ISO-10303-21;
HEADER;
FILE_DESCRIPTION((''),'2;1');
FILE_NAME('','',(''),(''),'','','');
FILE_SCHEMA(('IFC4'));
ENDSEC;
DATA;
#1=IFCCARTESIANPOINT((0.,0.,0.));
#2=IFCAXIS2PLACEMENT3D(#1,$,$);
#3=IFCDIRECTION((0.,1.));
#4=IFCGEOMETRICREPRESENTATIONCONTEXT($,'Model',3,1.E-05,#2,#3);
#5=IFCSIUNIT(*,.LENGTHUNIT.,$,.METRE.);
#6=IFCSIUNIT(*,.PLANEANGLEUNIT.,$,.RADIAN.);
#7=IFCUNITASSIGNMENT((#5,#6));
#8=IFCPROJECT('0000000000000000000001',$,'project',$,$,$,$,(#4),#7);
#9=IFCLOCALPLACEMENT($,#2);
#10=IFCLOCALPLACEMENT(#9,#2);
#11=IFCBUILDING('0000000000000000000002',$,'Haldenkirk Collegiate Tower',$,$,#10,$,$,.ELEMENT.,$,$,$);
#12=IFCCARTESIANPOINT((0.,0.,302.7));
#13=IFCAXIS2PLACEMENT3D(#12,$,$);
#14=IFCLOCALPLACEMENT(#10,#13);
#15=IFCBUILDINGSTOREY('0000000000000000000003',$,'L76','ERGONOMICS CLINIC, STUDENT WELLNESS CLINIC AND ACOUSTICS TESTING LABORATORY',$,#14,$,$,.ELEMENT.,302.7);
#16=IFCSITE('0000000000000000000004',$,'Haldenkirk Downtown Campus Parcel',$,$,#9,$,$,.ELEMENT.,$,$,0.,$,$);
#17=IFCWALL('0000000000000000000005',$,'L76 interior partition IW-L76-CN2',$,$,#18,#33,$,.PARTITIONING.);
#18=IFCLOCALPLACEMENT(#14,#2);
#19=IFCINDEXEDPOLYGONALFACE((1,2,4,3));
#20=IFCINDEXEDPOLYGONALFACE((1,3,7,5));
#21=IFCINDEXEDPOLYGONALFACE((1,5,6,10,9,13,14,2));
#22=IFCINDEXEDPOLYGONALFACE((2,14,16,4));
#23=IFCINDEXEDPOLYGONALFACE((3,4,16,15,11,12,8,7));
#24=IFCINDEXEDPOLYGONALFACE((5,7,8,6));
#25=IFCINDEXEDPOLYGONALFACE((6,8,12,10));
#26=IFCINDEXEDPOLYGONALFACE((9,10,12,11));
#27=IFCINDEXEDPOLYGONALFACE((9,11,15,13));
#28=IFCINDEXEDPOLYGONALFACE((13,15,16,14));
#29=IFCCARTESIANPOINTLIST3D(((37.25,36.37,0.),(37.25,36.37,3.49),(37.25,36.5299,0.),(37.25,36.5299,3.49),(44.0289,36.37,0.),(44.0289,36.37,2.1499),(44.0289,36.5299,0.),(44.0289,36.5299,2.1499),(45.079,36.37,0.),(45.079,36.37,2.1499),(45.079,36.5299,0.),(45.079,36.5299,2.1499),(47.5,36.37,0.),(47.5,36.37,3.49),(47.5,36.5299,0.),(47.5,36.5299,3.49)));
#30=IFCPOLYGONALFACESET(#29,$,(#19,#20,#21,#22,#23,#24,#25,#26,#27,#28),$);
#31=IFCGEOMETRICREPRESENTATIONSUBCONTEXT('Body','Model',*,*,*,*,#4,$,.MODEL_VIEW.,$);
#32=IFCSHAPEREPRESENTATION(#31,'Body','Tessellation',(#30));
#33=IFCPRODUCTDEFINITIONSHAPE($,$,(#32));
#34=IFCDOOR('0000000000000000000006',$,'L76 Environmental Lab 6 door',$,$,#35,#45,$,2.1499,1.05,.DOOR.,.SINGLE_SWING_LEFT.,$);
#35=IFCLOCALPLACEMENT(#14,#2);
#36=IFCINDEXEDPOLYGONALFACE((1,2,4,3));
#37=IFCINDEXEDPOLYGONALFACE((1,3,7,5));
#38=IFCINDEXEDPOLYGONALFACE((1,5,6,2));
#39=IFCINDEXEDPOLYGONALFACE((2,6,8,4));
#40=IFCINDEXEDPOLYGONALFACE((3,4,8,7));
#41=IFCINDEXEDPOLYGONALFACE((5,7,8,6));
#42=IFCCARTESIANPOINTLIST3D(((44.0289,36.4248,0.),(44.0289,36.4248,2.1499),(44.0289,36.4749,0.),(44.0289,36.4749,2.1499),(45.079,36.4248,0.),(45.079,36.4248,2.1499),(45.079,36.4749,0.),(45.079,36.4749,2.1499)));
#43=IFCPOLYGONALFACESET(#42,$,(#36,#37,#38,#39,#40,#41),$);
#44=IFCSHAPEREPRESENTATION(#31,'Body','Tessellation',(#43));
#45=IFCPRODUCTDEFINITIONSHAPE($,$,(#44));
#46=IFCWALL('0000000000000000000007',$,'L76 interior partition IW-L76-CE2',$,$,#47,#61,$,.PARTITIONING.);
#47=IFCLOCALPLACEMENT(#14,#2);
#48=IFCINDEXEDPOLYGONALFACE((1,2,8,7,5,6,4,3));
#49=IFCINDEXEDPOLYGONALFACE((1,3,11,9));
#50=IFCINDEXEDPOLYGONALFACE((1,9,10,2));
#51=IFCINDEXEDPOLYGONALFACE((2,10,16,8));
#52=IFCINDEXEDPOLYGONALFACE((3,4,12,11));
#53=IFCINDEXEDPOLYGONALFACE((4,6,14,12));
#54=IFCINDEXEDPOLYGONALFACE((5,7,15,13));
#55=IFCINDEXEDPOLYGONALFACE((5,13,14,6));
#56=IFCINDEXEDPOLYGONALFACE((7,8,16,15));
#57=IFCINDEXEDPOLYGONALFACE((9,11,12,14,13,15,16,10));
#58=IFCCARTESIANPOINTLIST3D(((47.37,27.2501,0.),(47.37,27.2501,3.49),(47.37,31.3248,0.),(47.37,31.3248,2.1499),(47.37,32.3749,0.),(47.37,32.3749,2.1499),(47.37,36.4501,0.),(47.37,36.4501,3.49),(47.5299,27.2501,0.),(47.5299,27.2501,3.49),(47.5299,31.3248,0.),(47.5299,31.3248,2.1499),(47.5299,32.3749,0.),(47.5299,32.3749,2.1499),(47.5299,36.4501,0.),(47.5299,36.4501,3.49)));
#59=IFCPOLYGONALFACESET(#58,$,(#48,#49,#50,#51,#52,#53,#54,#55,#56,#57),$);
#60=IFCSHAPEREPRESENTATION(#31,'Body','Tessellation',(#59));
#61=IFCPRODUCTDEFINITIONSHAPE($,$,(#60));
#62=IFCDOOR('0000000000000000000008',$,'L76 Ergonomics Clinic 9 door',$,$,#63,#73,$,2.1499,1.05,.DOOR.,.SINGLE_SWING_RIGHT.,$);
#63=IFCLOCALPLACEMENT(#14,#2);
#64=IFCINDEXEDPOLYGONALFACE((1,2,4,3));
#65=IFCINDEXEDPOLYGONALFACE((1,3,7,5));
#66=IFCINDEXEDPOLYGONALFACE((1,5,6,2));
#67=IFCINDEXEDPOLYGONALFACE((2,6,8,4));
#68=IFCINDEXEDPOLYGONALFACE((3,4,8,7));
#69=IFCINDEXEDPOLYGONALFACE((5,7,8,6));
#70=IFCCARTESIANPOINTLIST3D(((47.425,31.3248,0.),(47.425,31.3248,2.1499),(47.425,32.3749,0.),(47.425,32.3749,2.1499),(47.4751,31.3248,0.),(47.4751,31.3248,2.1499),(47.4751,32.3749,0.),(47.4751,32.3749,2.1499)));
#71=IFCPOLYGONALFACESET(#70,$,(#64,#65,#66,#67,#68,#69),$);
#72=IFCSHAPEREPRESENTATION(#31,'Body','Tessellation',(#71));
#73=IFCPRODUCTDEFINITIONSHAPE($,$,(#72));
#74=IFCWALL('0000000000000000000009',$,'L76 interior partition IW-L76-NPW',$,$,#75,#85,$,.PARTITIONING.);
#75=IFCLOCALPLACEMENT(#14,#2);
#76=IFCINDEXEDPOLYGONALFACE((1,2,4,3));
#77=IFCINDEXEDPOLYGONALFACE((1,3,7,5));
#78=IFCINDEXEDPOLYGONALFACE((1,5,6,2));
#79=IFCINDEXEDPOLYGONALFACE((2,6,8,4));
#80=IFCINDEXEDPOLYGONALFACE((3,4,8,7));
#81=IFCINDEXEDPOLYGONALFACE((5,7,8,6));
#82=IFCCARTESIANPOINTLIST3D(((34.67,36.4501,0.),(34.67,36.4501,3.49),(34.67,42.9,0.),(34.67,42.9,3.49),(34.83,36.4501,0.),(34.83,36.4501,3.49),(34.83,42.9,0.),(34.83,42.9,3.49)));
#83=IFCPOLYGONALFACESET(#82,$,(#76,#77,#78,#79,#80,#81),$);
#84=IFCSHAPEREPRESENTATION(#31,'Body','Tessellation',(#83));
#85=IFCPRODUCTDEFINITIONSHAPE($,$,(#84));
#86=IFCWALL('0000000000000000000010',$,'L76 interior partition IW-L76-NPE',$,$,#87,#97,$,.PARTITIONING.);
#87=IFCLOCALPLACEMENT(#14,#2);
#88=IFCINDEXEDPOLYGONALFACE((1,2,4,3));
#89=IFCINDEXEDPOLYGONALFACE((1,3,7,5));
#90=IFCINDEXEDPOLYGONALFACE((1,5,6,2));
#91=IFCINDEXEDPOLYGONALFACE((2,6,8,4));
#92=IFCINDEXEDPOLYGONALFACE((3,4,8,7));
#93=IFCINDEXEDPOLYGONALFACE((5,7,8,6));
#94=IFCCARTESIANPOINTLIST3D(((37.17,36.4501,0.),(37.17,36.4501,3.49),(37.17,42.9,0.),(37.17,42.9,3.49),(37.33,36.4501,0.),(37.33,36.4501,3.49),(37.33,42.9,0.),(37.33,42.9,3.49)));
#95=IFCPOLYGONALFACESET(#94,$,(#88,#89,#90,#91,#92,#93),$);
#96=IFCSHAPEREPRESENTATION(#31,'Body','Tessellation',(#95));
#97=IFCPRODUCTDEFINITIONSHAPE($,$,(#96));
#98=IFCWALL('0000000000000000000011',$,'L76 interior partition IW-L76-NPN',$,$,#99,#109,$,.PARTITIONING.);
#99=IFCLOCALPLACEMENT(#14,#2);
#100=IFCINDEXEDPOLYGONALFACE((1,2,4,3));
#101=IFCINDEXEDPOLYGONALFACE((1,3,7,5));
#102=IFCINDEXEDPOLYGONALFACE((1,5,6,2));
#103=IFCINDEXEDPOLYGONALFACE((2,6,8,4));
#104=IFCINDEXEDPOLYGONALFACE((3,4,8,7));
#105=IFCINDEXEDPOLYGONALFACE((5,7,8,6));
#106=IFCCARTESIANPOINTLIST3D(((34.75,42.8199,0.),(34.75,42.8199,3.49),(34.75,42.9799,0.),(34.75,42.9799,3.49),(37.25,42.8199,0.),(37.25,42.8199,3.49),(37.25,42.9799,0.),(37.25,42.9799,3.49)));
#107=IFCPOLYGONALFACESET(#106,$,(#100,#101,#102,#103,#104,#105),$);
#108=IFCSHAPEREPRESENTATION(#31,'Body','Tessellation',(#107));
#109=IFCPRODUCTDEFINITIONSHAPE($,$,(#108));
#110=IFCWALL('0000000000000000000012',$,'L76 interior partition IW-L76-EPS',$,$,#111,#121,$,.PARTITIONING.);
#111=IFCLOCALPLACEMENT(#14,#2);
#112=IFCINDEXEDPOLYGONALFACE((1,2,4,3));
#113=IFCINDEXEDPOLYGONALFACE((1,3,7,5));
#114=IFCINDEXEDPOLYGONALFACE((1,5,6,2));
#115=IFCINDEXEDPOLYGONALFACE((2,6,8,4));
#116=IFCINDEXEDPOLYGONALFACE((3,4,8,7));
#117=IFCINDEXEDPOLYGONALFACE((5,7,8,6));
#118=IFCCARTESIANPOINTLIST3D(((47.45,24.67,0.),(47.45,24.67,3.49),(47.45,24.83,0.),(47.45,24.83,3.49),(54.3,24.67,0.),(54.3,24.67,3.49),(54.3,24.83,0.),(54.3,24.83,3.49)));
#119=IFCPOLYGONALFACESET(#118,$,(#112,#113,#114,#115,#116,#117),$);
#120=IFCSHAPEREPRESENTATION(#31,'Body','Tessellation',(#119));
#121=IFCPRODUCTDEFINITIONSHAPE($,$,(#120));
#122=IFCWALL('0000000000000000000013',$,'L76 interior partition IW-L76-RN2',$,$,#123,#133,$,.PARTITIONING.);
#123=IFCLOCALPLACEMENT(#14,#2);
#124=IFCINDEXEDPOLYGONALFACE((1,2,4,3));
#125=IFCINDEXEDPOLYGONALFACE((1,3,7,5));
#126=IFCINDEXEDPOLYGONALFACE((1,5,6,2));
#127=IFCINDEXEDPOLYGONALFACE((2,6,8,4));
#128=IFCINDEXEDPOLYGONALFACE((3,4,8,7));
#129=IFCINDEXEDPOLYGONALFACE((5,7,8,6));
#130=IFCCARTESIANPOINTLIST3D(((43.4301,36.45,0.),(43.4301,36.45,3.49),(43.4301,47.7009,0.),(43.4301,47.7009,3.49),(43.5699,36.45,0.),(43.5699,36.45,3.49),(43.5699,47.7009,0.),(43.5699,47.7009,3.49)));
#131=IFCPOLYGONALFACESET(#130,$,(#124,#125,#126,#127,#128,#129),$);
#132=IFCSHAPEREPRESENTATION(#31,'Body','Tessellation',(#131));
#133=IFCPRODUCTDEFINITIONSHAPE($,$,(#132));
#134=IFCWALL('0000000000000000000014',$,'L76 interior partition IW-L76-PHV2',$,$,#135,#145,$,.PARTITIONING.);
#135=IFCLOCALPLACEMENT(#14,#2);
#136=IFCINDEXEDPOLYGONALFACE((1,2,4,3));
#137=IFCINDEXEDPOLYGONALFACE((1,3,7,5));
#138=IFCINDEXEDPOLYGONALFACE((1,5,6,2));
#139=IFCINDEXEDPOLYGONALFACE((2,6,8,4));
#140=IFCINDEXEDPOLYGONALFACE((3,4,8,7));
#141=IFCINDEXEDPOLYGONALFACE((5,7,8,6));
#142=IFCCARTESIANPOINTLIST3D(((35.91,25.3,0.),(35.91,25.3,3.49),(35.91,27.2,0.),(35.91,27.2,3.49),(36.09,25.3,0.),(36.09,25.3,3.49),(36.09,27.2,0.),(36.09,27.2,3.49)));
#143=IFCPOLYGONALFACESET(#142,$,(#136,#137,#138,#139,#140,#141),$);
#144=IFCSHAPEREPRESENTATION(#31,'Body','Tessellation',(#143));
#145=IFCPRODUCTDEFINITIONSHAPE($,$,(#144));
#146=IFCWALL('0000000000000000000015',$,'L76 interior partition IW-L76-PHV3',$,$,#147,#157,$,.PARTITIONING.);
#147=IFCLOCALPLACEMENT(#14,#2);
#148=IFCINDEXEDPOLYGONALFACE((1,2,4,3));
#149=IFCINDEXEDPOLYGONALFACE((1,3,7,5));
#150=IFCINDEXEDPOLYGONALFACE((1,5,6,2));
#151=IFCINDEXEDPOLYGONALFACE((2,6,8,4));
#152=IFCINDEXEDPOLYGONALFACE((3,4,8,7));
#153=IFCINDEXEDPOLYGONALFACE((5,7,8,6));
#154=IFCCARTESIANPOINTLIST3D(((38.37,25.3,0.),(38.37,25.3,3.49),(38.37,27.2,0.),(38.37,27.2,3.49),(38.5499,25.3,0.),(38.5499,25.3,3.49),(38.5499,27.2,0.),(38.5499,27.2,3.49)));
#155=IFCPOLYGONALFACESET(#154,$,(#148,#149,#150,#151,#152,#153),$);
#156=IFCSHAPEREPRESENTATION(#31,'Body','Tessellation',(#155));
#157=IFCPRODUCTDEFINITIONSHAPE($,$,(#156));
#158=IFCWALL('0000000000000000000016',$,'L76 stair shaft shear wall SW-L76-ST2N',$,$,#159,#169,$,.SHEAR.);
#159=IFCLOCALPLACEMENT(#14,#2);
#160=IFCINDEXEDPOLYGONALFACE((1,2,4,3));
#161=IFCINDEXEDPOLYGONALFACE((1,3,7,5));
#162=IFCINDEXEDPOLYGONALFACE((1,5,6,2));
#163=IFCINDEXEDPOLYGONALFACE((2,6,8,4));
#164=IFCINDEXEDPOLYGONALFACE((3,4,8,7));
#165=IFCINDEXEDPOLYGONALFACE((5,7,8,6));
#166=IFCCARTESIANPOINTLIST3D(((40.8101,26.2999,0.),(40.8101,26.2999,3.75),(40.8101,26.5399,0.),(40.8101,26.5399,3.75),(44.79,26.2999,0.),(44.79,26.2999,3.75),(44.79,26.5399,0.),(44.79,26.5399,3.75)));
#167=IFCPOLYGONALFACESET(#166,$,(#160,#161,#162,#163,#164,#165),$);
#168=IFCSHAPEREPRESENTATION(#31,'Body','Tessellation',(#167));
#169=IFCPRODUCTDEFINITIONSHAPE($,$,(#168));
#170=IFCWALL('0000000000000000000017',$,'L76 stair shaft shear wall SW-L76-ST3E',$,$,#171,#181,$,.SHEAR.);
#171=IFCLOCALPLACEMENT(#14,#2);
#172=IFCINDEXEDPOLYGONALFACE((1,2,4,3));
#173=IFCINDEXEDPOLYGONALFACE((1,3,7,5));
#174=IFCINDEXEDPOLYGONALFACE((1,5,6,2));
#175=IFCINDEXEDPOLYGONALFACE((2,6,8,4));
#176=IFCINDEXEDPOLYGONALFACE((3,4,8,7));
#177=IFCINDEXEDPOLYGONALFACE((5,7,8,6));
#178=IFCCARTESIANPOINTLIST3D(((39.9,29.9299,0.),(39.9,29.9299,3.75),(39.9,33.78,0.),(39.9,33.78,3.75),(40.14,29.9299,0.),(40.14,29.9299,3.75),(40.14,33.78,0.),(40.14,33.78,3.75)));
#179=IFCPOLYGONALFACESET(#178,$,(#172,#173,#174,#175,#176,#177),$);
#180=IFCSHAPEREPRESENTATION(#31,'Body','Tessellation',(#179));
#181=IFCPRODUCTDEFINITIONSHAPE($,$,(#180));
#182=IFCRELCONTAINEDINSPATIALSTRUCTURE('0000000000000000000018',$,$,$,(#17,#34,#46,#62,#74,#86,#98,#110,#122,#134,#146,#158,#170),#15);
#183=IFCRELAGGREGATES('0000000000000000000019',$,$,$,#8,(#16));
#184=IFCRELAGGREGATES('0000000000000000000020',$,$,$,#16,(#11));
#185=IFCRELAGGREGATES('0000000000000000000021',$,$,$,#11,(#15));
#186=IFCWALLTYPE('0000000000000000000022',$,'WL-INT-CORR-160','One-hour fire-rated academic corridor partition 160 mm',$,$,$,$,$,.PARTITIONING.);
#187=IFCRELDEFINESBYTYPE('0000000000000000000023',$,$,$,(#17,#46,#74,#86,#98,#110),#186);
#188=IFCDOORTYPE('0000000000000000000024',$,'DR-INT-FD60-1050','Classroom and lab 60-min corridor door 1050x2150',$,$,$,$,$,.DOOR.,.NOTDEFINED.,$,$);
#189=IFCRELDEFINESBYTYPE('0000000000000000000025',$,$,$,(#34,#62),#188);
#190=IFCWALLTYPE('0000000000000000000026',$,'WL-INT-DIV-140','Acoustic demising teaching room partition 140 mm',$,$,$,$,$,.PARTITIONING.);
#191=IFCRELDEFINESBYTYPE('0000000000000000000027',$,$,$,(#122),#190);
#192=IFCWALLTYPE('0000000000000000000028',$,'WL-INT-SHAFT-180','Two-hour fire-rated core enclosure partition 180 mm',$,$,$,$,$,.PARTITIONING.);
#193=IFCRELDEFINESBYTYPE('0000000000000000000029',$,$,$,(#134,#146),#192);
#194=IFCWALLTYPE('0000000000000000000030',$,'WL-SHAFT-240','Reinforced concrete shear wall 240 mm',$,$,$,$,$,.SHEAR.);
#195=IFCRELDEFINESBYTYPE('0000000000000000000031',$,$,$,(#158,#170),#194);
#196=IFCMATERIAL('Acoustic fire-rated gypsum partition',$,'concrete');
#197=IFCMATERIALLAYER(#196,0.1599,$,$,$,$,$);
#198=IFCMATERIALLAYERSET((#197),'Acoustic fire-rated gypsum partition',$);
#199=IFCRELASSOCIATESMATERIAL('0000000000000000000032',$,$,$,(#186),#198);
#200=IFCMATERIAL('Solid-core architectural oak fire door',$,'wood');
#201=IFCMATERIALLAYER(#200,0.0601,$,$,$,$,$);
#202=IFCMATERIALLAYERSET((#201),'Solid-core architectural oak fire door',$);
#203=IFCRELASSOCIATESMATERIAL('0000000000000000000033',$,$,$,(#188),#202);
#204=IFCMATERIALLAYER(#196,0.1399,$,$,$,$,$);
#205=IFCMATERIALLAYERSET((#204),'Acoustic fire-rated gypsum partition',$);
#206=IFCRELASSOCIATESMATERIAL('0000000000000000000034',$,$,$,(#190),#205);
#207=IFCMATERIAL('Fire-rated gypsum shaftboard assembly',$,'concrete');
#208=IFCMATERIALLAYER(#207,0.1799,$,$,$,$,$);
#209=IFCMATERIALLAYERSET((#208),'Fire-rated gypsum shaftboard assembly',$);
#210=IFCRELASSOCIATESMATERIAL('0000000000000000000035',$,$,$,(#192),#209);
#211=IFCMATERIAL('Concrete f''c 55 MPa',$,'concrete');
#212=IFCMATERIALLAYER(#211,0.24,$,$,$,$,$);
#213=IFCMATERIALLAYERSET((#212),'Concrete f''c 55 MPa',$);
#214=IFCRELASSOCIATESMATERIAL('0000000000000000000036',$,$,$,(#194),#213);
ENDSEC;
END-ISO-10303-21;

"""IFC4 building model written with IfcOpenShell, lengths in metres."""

from ifc_helpers import new_model, si_unit, direction, frame, frame_2d, origin, place, context, subcontext, project, spatial, rectangle, extrude, material, layer, layer_set, type_object, element, fill, save


model = new_model("IFC4")

# Units and contexts
model_context = context("Model", 3, precision=1e-05, world=origin(), true_north=direction((0.0, 1.0)))
body_context = subcontext(model_context, "Body", "Model", "MODEL_VIEW")
ifc_project = project(units=[si_unit("LENGTHUNIT", "METRE"), si_unit("PLANEANGLEUNIT", "RADIAN")], contexts=[model_context])

# Site, building, storey
site_placement = place(None, origin())
site = spatial("IfcSite", under=ifc_project, at=site_placement, Name="Haldenkirk Downtown Campus Parcel", CompositionType="ELEMENT", RefElevation=0.0)
building_placement = place(site_placement, origin())
building = spatial("IfcBuilding", under=site, at=building_placement, Name="Haldenkirk Collegiate Tower", CompositionType="ELEMENT")
storey_placement = place(building_placement, frame((0.0, 0.0, 302.7)))
storey = spatial("IfcBuildingStorey", under=building, at=storey_placement, Name="L76", Description="ERGONOMICS CLINIC, STUDENT WELLNESS CLINIC AND ACOUSTICS TESTING LABORATORY", CompositionType="ELEMENT", Elevation=302.7)

# Shared definitions
ifc_material_1 = material(Name="Acoustic fire-rated gypsum partition", Category="concrete")
ifc_layer_1 = layer(ifc_material_1, 0.1599)
ifc_layer_set_1 = layer_set([ifc_layer_1], Name="Acoustic fire-rated gypsum partition")
wall_type_1 = type_object("IfcWallType", Name="WL-INT-CORR-160", Description="One-hour fire-rated academic corridor partition 160 mm", PredefinedType="PARTITIONING", material=ifc_layer_set_1)
ifc_material_2 = material(Name="Solid-core architectural oak fire door", Category="wood")

# Walls, openings, doors
wall_1_placement = place(storey_placement, frame((37.25, 36.45, 0.0), z_axis=(0.0, 0.0, 1.0), x_axis=(1.0, 0.0, 0.0)))
wall_1 = element("IfcWall", 1, at=wall_1_placement, inside=storey, type_object=wall_type_1, Name="L76 interior partition IW-L76-CN2", PredefinedType="PARTITIONING", context=body_context, shape_type="SweptSolid", body=[
    extrude(rectangle(XDim=10.25, YDim=0.1599, at=frame_2d((5.125, 0.0))), origin(), (0.0, 0.0, 1.0), 3.49),
])
opening_1_placement = place(wall_1_placement, frame((6.7791, 0.0, 0.0)))
opening_1 = element("IfcOpeningElement", 2, at=opening_1_placement, cuts=wall_1, PredefinedType="OPENING", context=body_context, shape_type="SweptSolid", body=[
    extrude(rectangle(XDim=1.05, YDim=2.1499, at=frame_2d((0.5249, 1.075))), frame((0.0, 0.0898, 0.0), z_axis=(0.0, -1.0, 0.0), x_axis=(1.0, 0.0, 0.0)), (0.0, 0.0, 1.0), 0.1799),
])
ifc_layer_2 = layer(ifc_material_2, 0.0601)
ifc_layer_set_2 = layer_set([ifc_layer_2], Name="Solid-core architectural oak fire door")
door_type_1 = type_object("IfcDoorType", Name="DR-INT-FD60-1050", Description="Classroom and lab 60-min corridor door 1050x2150", OperationType="NOTDEFINED", PredefinedType="DOOR", material=ifc_layer_set_2)
door_1_placement = place(opening_1_placement, origin())
door_1 = element("IfcDoor", 3, at=door_1_placement, inside=storey, type_object=door_type_1, Name="L76 Environmental Lab 6 door", OperationType="SINGLE_SWING_LEFT", OverallHeight=2.1499, OverallWidth=1.05, PredefinedType="DOOR", context=body_context, shape_type="SweptSolid", body=[
    extrude(rectangle(XDim=1.05, YDim=2.1499, at=frame_2d((0.5249, 1.075))), frame((0.0, 0.0249, 0.0), z_axis=(0.0, -1.0, 0.0), x_axis=(1.0, 0.0, 0.0)), (0.0, 0.0, 1.0), 0.05),
])
fill(opening_1, door_1)
wall_2_placement = place(storey_placement, frame((47.45, 27.25, 0.0), z_axis=(0.0, 0.0, 1.0), x_axis=(0.0, 1.0, 0.0)))
wall_2 = element("IfcWall", 4, at=wall_2_placement, inside=storey, type_object=wall_type_1, Name="L76 interior partition IW-L76-CE2", PredefinedType="PARTITIONING", context=body_context, shape_type="SweptSolid", body=[
    extrude(rectangle(XDim=9.2, YDim=0.1599, at=frame_2d((4.6001, 0.0))), origin(), (0.0, 0.0, 1.0), 3.49),
])
opening_2_placement = place(wall_2_placement, frame((4.075, 0.0, 0.0)))
opening_2 = element("IfcOpeningElement", 5, at=opening_2_placement, cuts=wall_2, PredefinedType="OPENING", context=body_context, shape_type="SweptSolid", body=[
    extrude(rectangle(XDim=1.05, YDim=2.1499, at=frame_2d((0.5249, 1.075))), frame((0.0, 0.0898, 0.0), z_axis=(0.0, -1.0, 0.0), x_axis=(1.0, 0.0, 0.0)), (0.0, 0.0, 1.0), 0.1799),
])
door_2_placement = place(opening_2_placement, origin())
door_2 = element("IfcDoor", 6, at=door_2_placement, inside=storey, type_object=door_type_1, Name="L76 Ergonomics Clinic 9 door", OperationType="SINGLE_SWING_RIGHT", OverallHeight=2.1499, OverallWidth=1.05, PredefinedType="DOOR", context=body_context, shape_type="SweptSolid", body=[
    extrude(rectangle(XDim=1.05, YDim=2.1499, at=frame_2d((0.5249, 1.075))), frame((0.0, 0.0249, 0.0), z_axis=(0.0, -1.0, 0.0), x_axis=(1.0, 0.0, 0.0)), (0.0, 0.0, 1.0), 0.05),
])
fill(opening_2, door_2)

# Walls
for number, where, z_axis, x_axis, name in (
    (7, (34.75, 36.45, 0.0), (0.0, 0.0, 1.0), (0.0, 1.0, 0.0), "L76 interior partition IW-L76-NPW"),
    (8, (37.25, 36.45, 0.0), (0.0, 0.0, 1.0), (0.0, 1.0, 0.0), "L76 interior partition IW-L76-NPE"),
):
    element("IfcWall", number, at=place(storey_placement, frame(where, z_axis=z_axis, x_axis=x_axis)), inside=storey, type_object=wall_type_1, Name=name, PredefinedType="PARTITIONING", context=body_context, shape_type="SweptSolid", body=[
        extrude(rectangle(XDim=6.45, YDim=0.1599, at=frame_2d((3.2251, 0.0))), origin(), (0.0, 0.0, 1.0), 3.49),
    ])
wall_3_placement = place(storey_placement, frame((34.75, 42.8999, 0.0), z_axis=(0.0, 0.0, 1.0), x_axis=(1.0, 0.0, 0.0)))
element("IfcWall", 9, at=wall_3_placement, inside=storey, type_object=wall_type_1, Name="L76 interior partition IW-L76-NPN", PredefinedType="PARTITIONING", context=body_context, shape_type="SweptSolid", body=[
    extrude(rectangle(XDim=2.5, YDim=0.1599, at=frame_2d((1.25, 0.0))), origin(), (0.0, 0.0, 1.0), 3.49),
])
wall_4_placement = place(storey_placement, frame((47.45, 24.75, 0.0), z_axis=(0.0, 0.0, 1.0), x_axis=(1.0, 0.0, 0.0)))
element("IfcWall", 10, at=wall_4_placement, inside=storey, type_object=wall_type_1, Name="L76 interior partition IW-L76-EPS", PredefinedType="PARTITIONING", context=body_context, shape_type="SweptSolid", body=[
    extrude(rectangle(XDim=6.8501, YDim=0.1599, at=frame_2d((3.425, 0.0))), origin(), (0.0, 0.0, 1.0), 3.49),
])
ifc_layer_3 = layer(ifc_material_1, 0.1399)
ifc_layer_set_3 = layer_set([ifc_layer_3], Name="Acoustic fire-rated gypsum partition")
wall_type_2 = type_object("IfcWallType", Name="WL-INT-DIV-140", Description="Acoustic demising teaching room partition 140 mm", PredefinedType="PARTITIONING", material=ifc_layer_set_3)
wall_5_placement = place(storey_placement, frame((43.5, 36.45, 0.0), z_axis=(0.0, 0.0, 1.0), x_axis=(0.0, 1.0, 0.0)))
element("IfcWall", 11, at=wall_5_placement, inside=storey, type_object=wall_type_2, Name="L76 interior partition IW-L76-RN2", PredefinedType="PARTITIONING", context=body_context, shape_type="SweptSolid", body=[
    extrude(rectangle(XDim=11.251, YDim=0.1399, at=frame_2d((5.6255, 0.0))), origin(), (0.0, 0.0, 1.0), 3.49),
])
ifc_material_3 = material(Name="Fire-rated gypsum shaftboard assembly", Category="concrete")
ifc_layer_4 = layer(ifc_material_3, 0.1799)
ifc_layer_set_4 = layer_set([ifc_layer_4], Name="Fire-rated gypsum shaftboard assembly")
wall_type_3 = type_object("IfcWallType", Name="WL-INT-SHAFT-180", Description="Two-hour fire-rated core enclosure partition 180 mm", PredefinedType="PARTITIONING", material=ifc_layer_set_4)
for number, where, z_axis, x_axis, name in (
    (12, (36.0, 25.3, 0.0), (0.0, 0.0, 1.0), (0.0, 1.0, 0.0), "L76 interior partition IW-L76-PHV2"),
    (13, (38.46, 25.3, 0.0), (0.0, 0.0, 1.0), (0.0, 1.0, 0.0), "L76 interior partition IW-L76-PHV3"),
):
    element("IfcWall", number, at=place(storey_placement, frame(where, z_axis=z_axis, x_axis=x_axis)), inside=storey, type_object=wall_type_3, Name=name, PredefinedType="PARTITIONING", context=body_context, shape_type="SweptSolid", body=[
        extrude(rectangle(XDim=1.8999, YDim=0.1799, at=frame_2d((0.95, 0.0))), origin(), (0.0, 0.0, 1.0), 3.49),
    ])
ifc_material_4 = material(Name="Concrete f'c 55 MPa", Category="concrete")
ifc_layer_5 = layer(ifc_material_4, 0.24)
ifc_layer_set_5 = layer_set([ifc_layer_5], Name="Concrete f'c 55 MPa")
wall_type_4 = type_object("IfcWallType", Name="WL-SHAFT-240", Description="Reinforced concrete shear wall 240 mm", PredefinedType="SHEAR", material=ifc_layer_set_5)
wall_6_placement = place(storey_placement, frame((40.8101, 26.4199, 0.0), z_axis=(0.0, 0.0, 1.0), x_axis=(1.0, 0.0, 0.0)))
element("IfcWall", 14, at=wall_6_placement, inside=storey, type_object=wall_type_4, Name="L76 stair shaft shear wall SW-L76-ST2N", PredefinedType="SHEAR", context=body_context, shape_type="SweptSolid", body=[
    extrude(rectangle(XDim=3.98, YDim=0.24, at=frame_2d((1.99, 0.0))), origin(), (0.0, 0.0, 1.0), 3.75),
])
wall_7_placement = place(storey_placement, frame((40.02, 29.9299, 0.0), z_axis=(0.0, 0.0, 1.0), x_axis=(0.0, 1.0, 0.0)))
element("IfcWall", 15, at=wall_7_placement, inside=storey, type_object=wall_type_4, Name="L76 stair shaft shear wall SW-L76-ST3E", PredefinedType="SHEAR", context=body_context, shape_type="SweptSolid", body=[
    extrude(rectangle(XDim=3.8501, YDim=0.24, at=frame_2d((1.925, 0.0))), origin(), (0.0, 0.0, 1.0), 3.75),
])

save(model, "model.ifc")
